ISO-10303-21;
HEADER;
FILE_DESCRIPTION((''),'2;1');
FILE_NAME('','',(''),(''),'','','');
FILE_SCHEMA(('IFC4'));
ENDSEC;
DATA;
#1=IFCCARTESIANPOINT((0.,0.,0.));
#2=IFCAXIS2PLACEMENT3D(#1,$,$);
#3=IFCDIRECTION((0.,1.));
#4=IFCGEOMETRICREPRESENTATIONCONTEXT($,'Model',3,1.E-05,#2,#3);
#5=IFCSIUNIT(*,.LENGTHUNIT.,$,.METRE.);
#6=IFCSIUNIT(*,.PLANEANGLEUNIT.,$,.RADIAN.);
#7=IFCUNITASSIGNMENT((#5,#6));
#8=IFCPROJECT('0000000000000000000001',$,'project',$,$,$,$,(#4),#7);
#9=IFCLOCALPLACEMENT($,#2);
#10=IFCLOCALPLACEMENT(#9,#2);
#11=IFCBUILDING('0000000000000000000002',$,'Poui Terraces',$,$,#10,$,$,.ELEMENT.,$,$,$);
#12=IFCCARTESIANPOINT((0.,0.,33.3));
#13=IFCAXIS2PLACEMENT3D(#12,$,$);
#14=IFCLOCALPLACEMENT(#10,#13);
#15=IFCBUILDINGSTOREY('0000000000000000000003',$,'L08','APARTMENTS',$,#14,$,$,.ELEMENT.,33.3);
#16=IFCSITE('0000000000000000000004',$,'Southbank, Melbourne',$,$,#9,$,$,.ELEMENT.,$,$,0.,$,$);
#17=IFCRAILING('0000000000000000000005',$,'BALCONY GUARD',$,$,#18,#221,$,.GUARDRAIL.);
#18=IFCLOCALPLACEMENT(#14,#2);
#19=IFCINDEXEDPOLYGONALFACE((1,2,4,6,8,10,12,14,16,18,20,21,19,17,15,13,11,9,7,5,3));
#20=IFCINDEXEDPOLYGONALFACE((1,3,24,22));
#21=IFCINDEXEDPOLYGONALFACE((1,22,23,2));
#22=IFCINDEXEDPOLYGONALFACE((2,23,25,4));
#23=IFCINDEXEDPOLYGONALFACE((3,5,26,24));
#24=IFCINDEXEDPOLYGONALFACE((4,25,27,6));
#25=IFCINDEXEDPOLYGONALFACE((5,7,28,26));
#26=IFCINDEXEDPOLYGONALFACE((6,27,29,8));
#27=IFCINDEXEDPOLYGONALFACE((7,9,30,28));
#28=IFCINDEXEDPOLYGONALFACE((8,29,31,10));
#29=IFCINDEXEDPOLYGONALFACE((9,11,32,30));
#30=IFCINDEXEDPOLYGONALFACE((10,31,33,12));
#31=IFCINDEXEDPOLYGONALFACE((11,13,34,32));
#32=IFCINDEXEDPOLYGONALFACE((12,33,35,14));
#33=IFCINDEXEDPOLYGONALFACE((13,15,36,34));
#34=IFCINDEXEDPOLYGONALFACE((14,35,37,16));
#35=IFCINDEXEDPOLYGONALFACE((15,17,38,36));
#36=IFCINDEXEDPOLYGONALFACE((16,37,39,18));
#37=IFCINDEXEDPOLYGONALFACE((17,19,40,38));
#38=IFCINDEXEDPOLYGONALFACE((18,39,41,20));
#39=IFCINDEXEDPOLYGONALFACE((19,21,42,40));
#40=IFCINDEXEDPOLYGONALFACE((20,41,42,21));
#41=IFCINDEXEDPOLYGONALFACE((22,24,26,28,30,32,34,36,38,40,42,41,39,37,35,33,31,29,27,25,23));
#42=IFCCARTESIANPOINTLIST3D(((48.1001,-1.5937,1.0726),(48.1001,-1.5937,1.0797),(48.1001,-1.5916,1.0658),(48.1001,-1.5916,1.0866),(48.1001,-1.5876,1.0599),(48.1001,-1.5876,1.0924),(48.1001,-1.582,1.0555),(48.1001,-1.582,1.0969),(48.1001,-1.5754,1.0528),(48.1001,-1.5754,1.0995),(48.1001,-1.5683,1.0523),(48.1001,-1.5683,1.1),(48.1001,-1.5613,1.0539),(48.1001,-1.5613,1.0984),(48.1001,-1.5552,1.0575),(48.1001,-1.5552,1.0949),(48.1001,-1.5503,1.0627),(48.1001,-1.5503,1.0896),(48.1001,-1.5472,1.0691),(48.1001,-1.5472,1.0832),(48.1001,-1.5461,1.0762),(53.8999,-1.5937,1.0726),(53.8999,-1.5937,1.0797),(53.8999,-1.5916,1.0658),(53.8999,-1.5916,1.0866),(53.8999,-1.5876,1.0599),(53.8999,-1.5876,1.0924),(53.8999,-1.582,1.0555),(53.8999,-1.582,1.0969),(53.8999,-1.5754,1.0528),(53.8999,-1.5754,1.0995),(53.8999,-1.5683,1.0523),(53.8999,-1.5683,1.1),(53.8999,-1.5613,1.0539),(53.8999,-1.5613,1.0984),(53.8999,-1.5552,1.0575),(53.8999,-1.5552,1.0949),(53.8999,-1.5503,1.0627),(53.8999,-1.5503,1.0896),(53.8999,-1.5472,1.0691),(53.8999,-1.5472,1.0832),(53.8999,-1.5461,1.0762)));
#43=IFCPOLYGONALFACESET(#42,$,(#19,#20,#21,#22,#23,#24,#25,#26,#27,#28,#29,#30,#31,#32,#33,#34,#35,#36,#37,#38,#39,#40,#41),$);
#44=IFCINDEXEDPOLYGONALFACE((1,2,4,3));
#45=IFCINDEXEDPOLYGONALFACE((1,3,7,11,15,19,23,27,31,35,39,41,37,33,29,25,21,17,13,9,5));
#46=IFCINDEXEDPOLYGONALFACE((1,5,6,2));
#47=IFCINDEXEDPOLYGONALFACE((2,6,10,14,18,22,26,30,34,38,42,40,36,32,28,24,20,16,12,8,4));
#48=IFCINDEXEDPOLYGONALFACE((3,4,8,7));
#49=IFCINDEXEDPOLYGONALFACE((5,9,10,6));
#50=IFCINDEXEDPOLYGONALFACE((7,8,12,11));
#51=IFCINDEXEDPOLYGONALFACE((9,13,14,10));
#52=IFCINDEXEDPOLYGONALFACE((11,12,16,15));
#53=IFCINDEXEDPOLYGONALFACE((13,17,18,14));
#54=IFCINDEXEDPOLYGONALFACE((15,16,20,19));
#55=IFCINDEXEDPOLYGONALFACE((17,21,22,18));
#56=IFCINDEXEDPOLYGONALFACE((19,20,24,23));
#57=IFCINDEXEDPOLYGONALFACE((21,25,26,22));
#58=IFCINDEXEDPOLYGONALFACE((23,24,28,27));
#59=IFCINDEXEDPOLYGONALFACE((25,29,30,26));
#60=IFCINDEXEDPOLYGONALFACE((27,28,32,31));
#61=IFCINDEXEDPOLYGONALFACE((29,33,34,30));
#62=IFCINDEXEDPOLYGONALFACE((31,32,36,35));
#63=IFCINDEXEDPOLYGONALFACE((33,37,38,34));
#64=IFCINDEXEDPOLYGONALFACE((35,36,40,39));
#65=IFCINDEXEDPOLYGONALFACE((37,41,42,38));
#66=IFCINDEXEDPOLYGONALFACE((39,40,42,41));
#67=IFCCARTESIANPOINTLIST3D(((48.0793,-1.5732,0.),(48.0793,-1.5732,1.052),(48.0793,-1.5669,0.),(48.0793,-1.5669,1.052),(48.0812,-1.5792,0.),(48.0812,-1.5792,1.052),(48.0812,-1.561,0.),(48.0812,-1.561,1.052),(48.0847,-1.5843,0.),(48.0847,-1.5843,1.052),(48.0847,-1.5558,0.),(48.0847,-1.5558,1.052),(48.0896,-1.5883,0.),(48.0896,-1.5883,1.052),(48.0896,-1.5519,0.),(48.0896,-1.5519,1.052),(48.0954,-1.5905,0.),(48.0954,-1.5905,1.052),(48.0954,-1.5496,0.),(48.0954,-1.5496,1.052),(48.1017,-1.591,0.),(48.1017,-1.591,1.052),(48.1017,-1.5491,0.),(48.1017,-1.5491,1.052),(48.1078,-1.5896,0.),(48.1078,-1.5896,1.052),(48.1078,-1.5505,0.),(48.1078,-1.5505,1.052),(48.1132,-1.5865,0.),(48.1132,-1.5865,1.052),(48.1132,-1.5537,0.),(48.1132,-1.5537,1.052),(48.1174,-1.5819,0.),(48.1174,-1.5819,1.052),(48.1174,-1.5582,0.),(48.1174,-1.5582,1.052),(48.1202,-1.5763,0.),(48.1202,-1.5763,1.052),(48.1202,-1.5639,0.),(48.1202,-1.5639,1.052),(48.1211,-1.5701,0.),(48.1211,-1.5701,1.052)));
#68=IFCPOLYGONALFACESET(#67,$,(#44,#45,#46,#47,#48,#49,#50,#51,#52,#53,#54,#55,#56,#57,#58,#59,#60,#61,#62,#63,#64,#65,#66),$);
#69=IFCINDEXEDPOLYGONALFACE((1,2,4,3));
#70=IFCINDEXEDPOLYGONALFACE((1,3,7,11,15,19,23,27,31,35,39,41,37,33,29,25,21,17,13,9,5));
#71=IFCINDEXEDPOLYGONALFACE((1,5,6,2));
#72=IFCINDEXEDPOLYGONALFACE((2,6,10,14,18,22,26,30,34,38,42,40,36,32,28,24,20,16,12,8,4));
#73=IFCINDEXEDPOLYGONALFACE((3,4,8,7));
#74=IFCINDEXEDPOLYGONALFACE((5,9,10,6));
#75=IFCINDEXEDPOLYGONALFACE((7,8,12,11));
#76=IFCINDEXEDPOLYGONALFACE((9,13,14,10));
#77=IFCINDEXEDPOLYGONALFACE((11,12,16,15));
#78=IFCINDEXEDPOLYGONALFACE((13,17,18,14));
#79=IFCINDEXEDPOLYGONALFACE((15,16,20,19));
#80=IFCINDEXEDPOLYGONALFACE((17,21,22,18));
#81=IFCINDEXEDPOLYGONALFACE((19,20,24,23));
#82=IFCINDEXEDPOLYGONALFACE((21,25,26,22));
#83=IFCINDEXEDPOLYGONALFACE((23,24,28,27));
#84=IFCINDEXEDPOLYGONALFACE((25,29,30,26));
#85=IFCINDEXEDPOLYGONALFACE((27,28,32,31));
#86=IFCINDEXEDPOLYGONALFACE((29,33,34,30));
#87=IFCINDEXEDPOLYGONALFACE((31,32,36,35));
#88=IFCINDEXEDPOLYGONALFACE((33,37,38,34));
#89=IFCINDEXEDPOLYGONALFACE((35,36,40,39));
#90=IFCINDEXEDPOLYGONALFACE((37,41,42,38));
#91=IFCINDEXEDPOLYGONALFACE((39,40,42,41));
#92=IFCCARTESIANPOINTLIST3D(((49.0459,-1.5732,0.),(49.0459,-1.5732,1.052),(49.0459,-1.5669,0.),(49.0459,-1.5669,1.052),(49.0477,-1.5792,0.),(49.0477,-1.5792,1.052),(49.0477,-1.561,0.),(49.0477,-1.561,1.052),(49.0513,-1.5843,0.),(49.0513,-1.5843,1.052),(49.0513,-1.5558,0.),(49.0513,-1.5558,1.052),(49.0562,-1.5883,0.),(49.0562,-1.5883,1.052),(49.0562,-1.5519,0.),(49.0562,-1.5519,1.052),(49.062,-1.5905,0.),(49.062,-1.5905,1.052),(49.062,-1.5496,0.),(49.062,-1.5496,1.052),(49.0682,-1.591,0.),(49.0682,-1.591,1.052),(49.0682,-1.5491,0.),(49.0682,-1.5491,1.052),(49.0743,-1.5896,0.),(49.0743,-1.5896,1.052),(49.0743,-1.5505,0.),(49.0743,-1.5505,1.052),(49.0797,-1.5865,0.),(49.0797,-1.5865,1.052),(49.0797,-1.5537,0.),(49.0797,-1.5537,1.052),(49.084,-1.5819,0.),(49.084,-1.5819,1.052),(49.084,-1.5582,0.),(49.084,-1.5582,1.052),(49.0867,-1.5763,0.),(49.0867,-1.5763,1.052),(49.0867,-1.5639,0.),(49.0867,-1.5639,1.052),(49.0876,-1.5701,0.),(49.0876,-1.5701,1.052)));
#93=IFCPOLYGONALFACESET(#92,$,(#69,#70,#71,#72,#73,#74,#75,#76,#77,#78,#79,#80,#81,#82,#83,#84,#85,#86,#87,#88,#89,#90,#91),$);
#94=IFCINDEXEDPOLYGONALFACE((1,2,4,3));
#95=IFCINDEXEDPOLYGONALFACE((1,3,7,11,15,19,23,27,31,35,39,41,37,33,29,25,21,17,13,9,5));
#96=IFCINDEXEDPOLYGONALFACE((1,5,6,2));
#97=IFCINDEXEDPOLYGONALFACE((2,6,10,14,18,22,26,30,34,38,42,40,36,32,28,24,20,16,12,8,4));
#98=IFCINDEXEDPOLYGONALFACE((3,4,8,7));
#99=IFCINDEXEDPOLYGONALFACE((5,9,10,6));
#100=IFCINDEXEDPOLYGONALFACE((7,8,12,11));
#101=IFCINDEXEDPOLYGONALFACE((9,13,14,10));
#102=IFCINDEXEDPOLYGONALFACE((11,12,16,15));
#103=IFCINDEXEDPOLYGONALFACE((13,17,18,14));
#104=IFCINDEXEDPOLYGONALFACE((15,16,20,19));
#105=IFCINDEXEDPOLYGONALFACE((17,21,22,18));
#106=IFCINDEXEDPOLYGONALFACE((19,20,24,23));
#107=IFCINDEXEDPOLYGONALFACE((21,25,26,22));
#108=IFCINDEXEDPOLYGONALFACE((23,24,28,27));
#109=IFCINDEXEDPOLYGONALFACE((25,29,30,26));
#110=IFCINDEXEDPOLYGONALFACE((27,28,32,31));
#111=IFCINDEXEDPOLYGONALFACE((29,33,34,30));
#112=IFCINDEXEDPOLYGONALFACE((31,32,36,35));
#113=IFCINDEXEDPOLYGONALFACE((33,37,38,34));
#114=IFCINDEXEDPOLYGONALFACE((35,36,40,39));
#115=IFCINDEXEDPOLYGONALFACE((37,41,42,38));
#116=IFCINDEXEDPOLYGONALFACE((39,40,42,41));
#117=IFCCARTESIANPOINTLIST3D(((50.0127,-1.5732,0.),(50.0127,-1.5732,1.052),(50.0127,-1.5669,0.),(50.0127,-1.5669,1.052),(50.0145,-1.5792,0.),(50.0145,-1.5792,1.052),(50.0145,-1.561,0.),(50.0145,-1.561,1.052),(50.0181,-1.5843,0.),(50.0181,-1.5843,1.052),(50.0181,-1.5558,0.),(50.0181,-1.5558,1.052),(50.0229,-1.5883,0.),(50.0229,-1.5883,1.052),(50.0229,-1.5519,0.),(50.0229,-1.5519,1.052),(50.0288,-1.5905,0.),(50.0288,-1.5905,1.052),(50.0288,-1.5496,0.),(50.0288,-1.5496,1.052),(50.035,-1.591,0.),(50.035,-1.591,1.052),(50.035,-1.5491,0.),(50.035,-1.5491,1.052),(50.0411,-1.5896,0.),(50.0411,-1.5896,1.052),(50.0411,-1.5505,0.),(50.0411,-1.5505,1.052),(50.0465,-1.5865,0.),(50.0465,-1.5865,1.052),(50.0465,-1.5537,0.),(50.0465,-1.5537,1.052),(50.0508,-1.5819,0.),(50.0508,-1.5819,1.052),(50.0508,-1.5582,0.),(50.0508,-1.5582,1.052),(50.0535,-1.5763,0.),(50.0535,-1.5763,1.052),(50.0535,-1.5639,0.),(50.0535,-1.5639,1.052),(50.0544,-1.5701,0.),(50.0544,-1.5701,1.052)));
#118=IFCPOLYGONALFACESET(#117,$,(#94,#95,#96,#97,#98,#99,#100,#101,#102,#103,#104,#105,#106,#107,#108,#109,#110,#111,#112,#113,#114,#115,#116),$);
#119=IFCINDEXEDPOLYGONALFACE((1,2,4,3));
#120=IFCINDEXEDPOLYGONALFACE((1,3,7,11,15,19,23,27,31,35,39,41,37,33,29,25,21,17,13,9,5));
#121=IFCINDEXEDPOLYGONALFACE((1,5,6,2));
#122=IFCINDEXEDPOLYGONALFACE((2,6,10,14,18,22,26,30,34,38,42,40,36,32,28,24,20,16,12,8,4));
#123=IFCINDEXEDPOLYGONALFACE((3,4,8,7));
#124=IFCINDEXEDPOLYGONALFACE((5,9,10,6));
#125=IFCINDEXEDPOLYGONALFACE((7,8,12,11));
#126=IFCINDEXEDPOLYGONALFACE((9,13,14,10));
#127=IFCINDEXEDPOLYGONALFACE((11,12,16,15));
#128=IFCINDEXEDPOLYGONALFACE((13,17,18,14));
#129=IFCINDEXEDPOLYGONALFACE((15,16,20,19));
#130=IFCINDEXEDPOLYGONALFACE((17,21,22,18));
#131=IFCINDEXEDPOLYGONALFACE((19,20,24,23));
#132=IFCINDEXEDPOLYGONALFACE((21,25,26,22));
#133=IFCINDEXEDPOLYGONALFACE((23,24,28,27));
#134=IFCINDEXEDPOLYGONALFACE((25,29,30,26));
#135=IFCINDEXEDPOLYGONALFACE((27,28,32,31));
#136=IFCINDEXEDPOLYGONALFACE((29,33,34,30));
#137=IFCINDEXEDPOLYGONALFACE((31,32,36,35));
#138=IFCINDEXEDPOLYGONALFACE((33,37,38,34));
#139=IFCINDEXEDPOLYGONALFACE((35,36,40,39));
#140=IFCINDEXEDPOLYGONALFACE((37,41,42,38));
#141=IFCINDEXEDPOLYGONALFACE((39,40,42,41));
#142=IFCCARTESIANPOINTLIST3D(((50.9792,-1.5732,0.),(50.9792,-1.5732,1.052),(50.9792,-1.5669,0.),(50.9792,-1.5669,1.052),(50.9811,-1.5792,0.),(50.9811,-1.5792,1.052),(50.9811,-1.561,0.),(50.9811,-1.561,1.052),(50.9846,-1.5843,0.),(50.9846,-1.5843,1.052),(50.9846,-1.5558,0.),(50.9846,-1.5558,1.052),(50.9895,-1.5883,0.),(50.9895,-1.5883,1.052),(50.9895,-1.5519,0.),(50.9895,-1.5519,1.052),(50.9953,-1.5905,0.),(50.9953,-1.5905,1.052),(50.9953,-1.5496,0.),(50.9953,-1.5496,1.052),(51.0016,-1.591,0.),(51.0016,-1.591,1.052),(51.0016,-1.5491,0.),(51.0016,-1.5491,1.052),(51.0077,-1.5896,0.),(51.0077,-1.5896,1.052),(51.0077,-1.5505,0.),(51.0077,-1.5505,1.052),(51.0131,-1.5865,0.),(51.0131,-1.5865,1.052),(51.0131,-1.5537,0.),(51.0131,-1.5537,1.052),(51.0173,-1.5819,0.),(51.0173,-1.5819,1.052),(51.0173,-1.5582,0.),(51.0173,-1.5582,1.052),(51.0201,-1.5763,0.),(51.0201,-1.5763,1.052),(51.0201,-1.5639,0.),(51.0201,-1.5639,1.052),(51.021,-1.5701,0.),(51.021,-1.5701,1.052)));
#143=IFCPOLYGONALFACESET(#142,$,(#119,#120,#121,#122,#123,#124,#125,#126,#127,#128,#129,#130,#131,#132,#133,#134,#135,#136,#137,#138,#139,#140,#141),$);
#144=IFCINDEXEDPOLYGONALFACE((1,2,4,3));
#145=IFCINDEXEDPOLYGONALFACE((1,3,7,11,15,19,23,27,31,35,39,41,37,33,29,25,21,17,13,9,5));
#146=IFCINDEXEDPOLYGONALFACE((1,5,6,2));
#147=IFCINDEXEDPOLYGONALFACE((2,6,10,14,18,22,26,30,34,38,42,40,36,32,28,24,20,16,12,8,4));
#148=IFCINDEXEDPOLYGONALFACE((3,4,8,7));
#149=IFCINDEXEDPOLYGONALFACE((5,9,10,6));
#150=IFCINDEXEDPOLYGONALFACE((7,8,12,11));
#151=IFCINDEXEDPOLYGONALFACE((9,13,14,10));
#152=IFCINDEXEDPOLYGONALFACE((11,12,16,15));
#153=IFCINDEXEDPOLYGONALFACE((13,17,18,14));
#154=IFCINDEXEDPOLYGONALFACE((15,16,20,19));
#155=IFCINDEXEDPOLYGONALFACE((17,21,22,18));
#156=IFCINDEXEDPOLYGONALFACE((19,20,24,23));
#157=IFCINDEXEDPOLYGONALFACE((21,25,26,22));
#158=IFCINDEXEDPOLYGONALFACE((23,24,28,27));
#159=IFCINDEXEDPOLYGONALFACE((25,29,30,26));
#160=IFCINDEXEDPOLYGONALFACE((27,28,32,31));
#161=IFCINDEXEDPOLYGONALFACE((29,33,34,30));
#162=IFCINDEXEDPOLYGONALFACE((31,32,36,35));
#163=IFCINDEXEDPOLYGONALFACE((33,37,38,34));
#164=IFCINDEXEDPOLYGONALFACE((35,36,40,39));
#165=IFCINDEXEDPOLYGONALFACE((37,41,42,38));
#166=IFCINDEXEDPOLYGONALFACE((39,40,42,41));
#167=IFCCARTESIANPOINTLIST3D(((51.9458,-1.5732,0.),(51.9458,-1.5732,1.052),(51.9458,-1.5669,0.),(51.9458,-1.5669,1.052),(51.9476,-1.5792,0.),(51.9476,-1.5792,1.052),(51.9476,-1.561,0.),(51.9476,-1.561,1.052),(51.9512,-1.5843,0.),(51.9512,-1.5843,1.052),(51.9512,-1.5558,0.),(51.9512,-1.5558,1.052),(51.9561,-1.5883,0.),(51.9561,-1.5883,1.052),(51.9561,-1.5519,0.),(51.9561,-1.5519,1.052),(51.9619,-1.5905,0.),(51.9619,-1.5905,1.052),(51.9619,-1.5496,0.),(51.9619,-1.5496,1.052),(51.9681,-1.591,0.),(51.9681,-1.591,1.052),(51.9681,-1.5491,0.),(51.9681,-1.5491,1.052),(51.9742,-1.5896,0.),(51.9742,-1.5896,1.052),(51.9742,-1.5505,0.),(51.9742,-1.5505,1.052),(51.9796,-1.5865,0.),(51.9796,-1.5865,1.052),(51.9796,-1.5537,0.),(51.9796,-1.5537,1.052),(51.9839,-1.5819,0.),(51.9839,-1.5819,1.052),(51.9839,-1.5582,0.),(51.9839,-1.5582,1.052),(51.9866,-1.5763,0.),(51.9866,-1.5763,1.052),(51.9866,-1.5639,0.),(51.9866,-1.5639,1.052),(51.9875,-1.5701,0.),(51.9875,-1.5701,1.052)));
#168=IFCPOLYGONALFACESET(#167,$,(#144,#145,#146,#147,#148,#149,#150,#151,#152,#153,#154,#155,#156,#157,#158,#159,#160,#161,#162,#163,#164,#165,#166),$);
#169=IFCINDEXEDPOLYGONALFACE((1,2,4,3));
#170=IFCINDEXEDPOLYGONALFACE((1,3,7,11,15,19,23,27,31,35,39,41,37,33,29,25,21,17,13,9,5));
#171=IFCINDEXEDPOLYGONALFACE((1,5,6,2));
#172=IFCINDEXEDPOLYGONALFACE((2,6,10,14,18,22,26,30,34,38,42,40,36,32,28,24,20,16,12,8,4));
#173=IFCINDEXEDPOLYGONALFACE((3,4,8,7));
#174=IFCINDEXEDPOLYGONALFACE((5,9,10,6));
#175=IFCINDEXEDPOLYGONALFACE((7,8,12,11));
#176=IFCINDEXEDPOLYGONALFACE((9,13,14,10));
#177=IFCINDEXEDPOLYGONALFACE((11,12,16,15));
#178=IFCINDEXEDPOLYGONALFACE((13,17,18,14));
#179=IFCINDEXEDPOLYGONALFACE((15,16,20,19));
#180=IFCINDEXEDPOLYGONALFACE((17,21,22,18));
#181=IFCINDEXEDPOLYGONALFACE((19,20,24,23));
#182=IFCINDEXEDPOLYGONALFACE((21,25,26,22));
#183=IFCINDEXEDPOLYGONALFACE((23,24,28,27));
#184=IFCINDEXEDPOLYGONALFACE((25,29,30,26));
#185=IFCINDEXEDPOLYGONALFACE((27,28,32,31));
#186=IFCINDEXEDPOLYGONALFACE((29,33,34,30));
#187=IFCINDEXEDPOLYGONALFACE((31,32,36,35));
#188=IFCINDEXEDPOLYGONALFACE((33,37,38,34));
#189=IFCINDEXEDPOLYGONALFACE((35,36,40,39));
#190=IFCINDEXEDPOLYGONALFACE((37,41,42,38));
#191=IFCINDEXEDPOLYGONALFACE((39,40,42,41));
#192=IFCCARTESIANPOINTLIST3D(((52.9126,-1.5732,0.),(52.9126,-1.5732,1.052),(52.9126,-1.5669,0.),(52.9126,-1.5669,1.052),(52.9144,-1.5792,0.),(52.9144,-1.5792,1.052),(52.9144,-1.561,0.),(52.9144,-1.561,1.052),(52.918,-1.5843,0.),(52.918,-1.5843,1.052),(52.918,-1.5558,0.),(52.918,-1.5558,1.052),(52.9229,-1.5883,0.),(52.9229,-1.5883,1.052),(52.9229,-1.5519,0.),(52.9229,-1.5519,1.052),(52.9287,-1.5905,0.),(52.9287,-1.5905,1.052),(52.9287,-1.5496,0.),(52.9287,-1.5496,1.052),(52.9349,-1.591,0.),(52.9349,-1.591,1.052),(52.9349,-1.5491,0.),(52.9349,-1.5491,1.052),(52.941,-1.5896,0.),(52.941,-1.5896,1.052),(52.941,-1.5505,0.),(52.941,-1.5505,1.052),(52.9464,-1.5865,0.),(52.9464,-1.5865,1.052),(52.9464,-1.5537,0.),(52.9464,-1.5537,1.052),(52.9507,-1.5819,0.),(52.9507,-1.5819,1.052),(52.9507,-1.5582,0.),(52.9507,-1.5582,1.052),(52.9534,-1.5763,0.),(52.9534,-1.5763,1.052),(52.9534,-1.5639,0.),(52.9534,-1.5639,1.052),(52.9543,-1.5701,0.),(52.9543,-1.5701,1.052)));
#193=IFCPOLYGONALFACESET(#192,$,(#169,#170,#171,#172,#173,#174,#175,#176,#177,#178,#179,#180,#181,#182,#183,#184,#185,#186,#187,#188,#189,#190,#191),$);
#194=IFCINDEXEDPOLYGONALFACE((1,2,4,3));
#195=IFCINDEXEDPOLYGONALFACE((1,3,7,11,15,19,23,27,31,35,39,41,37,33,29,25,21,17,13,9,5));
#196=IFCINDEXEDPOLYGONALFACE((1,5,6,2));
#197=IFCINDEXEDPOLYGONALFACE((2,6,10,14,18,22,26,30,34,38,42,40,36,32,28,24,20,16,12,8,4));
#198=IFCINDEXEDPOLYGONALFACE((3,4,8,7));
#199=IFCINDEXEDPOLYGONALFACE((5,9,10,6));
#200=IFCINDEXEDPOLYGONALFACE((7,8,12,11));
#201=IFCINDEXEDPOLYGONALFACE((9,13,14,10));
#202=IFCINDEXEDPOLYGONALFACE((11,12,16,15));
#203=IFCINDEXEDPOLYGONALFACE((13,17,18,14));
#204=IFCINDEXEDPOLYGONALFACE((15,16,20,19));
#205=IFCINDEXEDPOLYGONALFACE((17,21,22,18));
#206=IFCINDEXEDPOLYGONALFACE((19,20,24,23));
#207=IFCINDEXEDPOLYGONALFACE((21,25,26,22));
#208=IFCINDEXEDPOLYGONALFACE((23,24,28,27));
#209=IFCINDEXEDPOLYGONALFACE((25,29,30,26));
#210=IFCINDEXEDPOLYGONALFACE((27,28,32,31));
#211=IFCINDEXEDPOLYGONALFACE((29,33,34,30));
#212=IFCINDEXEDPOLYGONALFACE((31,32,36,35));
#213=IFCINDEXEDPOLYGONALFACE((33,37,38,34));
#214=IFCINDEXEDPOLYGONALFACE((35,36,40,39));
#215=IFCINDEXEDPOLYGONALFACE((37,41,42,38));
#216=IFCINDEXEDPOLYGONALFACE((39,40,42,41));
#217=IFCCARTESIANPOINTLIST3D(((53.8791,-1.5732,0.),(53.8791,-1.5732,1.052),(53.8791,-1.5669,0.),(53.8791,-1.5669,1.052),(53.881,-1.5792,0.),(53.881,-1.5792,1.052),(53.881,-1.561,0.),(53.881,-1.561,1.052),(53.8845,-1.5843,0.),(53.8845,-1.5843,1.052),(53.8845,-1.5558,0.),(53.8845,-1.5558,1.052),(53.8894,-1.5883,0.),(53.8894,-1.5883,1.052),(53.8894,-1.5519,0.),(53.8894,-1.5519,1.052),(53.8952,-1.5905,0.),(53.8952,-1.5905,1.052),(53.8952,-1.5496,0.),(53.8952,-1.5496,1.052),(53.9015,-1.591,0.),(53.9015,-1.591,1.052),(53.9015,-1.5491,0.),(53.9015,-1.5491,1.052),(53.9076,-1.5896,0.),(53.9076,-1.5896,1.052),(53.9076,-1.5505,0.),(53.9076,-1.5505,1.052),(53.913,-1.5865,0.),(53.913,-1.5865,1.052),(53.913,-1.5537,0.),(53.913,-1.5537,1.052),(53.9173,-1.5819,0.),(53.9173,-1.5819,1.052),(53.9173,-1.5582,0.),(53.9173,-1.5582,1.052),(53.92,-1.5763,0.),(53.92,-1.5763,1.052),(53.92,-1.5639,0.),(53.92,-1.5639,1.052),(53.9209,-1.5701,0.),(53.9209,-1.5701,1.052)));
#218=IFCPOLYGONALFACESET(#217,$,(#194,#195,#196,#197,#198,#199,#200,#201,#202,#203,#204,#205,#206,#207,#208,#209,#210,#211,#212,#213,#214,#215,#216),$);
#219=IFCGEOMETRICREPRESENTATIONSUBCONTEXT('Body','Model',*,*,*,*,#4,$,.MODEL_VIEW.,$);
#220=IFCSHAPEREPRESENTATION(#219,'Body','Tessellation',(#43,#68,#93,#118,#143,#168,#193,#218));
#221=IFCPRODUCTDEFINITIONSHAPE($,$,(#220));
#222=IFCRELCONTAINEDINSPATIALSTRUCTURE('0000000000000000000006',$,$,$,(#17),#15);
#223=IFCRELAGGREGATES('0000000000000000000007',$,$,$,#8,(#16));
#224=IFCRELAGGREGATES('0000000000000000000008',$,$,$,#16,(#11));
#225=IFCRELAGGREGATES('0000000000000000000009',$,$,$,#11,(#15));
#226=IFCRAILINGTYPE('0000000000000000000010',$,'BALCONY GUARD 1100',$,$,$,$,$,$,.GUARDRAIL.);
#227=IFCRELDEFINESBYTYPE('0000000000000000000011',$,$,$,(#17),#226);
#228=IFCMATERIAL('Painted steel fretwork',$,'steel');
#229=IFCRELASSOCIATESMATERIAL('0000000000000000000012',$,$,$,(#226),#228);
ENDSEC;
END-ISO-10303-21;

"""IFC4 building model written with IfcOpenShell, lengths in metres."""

from ifc_helpers import new_model, si_unit, direction, frame, origin, origin_2d, place, context, subcontext, project, spatial, circle, extrude, material, type_object, element, save


model = new_model("IFC4")

# Units and contexts
model_context = context("Model", 3, precision=1e-05, world=origin(), true_north=direction((0.0, 1.0)))
body_context = subcontext(model_context, "Body", "Model", "MODEL_VIEW")
ifc_project = project(units=[si_unit("LENGTHUNIT", "METRE"), si_unit("PLANEANGLEUNIT", "RADIAN")], contexts=[model_context])

# Site, building, storey
site_placement = place(None, origin())
site = spatial("IfcSite", under=ifc_project, at=site_placement, Name="Southbank, Melbourne", CompositionType="ELEMENT", RefElevation=0.0)
building_placement = place(site_placement, origin())
building = spatial("IfcBuilding", under=site, at=building_placement, Name="Poui Terraces", CompositionType="ELEMENT")
storey_placement = place(building_placement, frame((0.0, 0.0, 33.3)))
storey = spatial("IfcBuildingStorey", under=building, at=storey_placement, Name="L08", Description="APARTMENTS", CompositionType="ELEMENT", Elevation=33.3)

# Railing
ifc_material_1 = material(Name="Painted steel fretwork", Category="steel")
railing_type = type_object("IfcRailingType", Name="BALCONY GUARD 1100", PredefinedType="GUARDRAIL", material=ifc_material_1)
railing_placement = place(storey_placement, frame((48.1001, -1.5701, 0.0)))
element("IfcRailing", 1, at=railing_placement, inside=storey, type_object=railing_type, Name="BALCONY GUARD", PredefinedType="GUARDRAIL", context=body_context, shape_type="SweptSolid", body=[
    extrude(circle(Radius=0.0239, at=origin_2d()), frame((0.0, 0.0, 1.0762), z_axis=(1.0, 0.0, 0.0), x_axis=(0.0, 1.0, 0.0)), (0.0, 0.0, 1.0), 5.7998),
    extrude(circle(Radius=0.021, at=origin_2d()), origin(), (0.0, 0.0, 1.0), 1.052),
    extrude(circle(Radius=0.021, at=origin_2d()), frame((0.9666, 0.0, 0.0)), (0.0, 0.0, 1.0), 1.052),
    extrude(circle(Radius=0.021, at=origin_2d()), frame((1.9333, 0.0, 0.0)), (0.0, 0.0, 1.0), 1.052),
    extrude(circle(Radius=0.021, at=origin_2d()), frame((2.8999, 0.0, 0.0)), (0.0, 0.0, 1.0), 1.052),
    extrude(circle(Radius=0.021, at=origin_2d()), frame((3.8665, 0.0, 0.0)), (0.0, 0.0, 1.0), 1.052),
    extrude(circle(Radius=0.021, at=origin_2d()), frame((4.8333, 0.0, 0.0)), (0.0, 0.0, 1.0), 1.052),
    extrude(circle(Radius=0.021, at=origin_2d()), frame((5.7998, 0.0, 0.0)), (0.0, 0.0, 1.0), 1.052),
])

save(model, "model.ifc")
